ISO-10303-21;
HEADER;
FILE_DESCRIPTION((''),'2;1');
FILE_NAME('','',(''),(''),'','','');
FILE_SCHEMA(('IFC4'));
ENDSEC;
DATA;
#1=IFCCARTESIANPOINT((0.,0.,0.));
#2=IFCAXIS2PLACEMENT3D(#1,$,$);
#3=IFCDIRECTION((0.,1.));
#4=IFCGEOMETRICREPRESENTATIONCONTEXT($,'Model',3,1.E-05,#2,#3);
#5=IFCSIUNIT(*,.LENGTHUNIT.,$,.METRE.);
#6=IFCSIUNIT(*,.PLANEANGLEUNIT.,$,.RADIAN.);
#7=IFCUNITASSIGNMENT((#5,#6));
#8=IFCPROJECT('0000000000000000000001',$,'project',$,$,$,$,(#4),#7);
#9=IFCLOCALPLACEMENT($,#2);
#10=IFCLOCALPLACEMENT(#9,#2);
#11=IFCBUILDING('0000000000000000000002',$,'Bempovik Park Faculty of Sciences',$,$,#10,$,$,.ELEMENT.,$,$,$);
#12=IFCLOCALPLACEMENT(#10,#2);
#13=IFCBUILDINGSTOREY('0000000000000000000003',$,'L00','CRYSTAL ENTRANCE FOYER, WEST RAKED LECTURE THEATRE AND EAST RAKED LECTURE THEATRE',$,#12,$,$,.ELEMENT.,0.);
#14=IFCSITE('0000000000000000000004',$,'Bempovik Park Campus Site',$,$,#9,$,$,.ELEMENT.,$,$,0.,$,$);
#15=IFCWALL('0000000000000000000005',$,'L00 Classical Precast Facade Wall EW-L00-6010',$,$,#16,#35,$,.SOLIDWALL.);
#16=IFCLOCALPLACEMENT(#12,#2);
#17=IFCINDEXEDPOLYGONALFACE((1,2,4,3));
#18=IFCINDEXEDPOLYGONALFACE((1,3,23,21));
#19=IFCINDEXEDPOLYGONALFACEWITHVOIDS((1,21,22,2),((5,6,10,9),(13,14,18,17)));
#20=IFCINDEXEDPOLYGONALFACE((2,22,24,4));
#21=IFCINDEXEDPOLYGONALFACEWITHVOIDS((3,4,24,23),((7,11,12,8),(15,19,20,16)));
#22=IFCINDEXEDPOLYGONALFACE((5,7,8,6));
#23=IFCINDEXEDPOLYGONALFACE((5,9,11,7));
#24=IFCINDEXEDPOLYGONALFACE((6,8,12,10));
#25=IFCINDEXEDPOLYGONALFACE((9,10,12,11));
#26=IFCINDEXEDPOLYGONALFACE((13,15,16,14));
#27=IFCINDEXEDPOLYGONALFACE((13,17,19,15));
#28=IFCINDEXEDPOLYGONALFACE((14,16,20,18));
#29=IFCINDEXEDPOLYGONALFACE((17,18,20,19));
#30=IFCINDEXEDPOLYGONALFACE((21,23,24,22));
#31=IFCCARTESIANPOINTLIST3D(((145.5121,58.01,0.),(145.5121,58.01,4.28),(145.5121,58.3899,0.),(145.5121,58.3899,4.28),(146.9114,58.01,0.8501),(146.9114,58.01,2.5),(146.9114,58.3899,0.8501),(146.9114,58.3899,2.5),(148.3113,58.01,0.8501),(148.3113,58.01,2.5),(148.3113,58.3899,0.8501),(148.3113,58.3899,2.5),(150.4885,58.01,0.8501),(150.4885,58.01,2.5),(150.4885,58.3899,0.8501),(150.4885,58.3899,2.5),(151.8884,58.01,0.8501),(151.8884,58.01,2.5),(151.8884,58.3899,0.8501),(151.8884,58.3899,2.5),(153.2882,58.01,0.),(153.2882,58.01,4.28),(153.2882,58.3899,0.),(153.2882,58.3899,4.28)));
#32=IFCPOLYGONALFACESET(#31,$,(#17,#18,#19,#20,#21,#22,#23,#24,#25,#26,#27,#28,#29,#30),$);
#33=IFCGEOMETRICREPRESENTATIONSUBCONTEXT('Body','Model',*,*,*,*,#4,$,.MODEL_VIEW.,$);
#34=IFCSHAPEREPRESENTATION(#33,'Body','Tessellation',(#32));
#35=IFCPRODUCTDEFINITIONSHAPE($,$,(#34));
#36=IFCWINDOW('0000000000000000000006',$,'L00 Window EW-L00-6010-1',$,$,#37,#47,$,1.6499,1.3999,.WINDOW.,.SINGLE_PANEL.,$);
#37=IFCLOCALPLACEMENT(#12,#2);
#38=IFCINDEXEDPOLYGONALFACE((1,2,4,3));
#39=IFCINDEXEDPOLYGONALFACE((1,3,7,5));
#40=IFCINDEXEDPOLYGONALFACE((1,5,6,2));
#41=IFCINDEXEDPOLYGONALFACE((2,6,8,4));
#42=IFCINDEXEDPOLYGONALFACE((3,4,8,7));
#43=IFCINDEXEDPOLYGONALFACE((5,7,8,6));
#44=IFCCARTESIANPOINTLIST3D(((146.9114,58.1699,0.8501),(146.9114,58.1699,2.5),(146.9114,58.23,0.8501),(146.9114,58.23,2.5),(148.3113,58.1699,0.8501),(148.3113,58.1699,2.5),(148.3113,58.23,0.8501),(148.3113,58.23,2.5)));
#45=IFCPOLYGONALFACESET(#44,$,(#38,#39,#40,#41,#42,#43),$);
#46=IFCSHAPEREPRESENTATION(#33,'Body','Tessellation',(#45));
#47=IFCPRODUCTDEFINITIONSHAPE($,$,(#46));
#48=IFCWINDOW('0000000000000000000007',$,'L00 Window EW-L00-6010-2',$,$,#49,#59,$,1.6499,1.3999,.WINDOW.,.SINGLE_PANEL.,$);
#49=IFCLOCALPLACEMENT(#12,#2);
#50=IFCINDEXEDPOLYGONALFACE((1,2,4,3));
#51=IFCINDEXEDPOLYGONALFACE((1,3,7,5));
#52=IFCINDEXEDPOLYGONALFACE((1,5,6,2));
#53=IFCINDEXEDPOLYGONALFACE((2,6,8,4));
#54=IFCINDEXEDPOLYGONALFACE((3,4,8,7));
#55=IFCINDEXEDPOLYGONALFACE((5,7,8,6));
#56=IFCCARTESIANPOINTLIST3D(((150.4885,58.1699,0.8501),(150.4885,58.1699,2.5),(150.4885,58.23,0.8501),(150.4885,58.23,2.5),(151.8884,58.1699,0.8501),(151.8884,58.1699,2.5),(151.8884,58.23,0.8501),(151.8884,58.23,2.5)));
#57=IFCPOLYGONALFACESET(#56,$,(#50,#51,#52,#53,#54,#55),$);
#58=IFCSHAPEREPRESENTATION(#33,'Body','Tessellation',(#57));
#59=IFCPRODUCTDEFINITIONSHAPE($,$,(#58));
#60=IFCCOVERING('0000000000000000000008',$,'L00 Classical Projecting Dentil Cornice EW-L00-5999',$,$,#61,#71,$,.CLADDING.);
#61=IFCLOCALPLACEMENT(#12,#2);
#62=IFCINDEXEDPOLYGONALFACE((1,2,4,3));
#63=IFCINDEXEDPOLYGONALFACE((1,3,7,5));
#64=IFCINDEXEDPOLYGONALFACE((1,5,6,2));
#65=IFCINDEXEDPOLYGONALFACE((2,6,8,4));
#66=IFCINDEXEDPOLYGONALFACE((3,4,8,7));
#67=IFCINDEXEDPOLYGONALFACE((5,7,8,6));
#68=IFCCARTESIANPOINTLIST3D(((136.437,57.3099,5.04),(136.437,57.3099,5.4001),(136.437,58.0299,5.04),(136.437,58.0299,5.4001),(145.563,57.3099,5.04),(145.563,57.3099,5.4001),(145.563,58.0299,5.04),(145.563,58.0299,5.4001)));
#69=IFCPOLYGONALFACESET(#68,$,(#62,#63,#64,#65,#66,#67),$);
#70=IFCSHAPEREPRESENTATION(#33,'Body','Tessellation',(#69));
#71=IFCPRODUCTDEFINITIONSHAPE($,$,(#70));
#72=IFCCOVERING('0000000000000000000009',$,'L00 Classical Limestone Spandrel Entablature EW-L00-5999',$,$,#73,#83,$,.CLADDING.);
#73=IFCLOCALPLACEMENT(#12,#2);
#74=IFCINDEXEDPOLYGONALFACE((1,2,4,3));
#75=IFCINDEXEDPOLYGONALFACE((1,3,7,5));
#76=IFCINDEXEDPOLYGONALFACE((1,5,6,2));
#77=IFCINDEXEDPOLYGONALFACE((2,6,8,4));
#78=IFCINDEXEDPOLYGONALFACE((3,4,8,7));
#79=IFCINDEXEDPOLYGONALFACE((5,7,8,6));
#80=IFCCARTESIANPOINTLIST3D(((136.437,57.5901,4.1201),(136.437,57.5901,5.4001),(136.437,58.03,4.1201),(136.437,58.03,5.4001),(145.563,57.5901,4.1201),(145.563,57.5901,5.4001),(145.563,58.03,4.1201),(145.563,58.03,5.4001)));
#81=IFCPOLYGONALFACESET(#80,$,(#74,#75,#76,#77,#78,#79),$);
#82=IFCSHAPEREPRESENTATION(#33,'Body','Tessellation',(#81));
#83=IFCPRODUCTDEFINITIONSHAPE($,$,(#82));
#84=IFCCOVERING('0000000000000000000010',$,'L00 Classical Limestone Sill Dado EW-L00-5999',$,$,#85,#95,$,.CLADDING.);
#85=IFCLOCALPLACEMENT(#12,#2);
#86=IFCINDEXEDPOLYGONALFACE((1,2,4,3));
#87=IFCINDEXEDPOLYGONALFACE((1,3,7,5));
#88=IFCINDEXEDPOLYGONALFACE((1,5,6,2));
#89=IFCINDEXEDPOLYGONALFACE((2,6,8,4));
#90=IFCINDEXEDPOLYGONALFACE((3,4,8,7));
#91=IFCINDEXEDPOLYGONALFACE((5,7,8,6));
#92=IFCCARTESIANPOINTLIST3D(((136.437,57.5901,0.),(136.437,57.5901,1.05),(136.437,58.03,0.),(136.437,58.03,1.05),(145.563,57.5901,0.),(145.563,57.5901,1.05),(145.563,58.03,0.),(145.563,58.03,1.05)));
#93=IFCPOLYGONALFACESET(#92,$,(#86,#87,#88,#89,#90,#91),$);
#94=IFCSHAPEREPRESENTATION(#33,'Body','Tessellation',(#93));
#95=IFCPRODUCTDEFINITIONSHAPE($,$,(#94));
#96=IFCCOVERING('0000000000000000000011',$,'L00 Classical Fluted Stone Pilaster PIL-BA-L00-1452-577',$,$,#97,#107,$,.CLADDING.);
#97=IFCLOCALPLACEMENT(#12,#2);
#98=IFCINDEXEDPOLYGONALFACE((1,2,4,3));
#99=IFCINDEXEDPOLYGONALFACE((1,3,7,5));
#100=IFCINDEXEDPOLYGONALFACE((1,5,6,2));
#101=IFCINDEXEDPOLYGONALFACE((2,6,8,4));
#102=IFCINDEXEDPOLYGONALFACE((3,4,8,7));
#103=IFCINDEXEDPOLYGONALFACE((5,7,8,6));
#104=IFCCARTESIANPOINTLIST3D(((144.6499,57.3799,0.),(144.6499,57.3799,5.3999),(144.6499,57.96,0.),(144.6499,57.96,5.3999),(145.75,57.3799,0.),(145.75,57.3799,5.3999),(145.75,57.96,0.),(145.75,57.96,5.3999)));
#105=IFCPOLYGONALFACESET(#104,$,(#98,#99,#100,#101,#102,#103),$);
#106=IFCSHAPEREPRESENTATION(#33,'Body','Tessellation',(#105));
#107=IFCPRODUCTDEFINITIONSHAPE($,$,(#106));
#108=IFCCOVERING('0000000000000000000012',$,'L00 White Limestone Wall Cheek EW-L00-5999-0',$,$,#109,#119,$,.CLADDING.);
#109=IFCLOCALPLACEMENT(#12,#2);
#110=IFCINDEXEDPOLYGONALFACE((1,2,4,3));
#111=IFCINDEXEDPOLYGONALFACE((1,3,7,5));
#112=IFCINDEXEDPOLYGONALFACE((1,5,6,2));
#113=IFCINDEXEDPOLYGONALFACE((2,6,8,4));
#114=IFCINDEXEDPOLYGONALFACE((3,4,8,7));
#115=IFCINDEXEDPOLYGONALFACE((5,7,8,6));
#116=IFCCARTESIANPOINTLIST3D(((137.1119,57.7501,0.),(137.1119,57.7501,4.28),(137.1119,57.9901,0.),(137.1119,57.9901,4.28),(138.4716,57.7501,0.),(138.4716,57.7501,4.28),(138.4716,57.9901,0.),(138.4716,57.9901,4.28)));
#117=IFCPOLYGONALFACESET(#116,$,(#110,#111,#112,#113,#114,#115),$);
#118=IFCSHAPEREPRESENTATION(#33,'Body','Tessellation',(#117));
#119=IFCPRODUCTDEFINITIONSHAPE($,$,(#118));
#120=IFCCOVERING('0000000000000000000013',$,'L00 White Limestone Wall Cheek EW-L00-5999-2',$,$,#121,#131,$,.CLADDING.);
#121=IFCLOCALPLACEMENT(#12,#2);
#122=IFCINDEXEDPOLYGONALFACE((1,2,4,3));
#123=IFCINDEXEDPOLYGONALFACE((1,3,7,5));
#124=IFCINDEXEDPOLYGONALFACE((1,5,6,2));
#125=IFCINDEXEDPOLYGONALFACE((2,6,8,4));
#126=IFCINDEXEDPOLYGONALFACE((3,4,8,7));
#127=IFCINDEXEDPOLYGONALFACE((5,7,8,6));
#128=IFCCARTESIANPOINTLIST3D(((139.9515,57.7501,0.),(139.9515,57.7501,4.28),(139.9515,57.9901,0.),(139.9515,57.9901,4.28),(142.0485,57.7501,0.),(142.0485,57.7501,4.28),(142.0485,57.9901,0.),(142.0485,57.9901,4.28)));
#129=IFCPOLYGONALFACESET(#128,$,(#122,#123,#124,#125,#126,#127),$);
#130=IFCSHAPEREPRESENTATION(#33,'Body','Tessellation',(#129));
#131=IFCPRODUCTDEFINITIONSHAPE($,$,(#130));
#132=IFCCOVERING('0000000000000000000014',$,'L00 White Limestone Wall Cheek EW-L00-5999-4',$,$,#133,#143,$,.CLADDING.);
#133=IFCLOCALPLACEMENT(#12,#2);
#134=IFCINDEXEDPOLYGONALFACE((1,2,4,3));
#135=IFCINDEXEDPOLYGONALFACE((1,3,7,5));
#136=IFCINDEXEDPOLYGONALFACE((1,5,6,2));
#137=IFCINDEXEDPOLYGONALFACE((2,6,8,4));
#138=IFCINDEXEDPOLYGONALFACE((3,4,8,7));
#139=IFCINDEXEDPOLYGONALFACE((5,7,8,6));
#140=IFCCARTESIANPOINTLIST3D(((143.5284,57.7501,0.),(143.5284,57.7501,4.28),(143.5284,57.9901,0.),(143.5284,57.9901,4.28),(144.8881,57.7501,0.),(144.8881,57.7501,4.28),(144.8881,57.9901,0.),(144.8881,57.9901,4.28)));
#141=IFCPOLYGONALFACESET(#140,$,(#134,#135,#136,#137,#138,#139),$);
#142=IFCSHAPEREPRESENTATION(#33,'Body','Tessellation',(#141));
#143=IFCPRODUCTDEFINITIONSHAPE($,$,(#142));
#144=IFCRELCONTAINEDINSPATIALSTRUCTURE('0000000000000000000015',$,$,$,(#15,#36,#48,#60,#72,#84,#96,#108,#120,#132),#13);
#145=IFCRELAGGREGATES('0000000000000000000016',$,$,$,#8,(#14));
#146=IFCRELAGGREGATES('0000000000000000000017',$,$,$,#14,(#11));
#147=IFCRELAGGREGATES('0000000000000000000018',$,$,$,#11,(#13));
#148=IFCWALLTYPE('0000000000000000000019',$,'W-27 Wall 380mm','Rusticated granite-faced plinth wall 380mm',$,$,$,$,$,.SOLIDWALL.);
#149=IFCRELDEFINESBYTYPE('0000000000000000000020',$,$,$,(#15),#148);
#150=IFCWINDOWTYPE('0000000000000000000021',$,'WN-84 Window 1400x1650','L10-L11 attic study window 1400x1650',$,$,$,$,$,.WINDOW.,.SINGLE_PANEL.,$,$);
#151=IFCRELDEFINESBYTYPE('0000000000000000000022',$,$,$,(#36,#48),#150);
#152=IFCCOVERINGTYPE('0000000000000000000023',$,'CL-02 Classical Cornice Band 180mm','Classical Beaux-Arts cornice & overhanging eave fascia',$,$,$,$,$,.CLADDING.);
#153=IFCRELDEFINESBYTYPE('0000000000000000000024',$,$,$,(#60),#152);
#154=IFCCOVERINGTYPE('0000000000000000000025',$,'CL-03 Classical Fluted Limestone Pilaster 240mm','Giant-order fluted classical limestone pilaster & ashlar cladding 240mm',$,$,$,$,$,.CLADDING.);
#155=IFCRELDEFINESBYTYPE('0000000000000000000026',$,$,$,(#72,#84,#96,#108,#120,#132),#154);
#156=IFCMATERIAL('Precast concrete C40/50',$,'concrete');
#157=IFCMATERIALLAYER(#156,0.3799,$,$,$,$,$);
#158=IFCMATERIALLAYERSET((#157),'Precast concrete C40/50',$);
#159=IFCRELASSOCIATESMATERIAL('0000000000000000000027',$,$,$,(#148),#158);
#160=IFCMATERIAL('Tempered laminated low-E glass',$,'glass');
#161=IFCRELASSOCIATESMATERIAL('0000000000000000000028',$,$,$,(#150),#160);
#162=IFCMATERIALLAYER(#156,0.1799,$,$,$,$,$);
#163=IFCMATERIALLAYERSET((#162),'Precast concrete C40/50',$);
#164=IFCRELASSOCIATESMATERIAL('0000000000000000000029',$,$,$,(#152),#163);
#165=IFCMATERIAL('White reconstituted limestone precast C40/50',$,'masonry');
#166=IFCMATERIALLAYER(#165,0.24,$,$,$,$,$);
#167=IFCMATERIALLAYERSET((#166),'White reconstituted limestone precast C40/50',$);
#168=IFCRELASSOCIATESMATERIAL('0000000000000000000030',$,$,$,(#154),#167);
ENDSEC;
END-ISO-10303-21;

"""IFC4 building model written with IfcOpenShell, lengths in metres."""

from ifc_helpers import new_model, si_unit, direction, frame, frame_2d, origin, origin_2d, place, context, subcontext, project, spatial, rectangle, extrude, material, layer, layer_set, type_object, element, fill, save


model = new_model("IFC4")

# Units and contexts
model_context = context("Model", 3, precision=1e-05, world=origin(), true_north=direction((0.0, 1.0)))
body_context = subcontext(model_context, "Body", "Model", "MODEL_VIEW")
ifc_project = project(units=[si_unit("LENGTHUNIT", "METRE"), si_unit("PLANEANGLEUNIT", "RADIAN")], contexts=[model_context])

# Site, building, storey
site_placement = place(None, origin())
site = spatial("IfcSite", under=ifc_project, at=site_placement, Name="Bempovik Park Campus Site", CompositionType="ELEMENT", RefElevation=0.0)
building_placement = place(site_placement, origin())
building = spatial("IfcBuilding", under=site, at=building_placement, Name="Bempovik Park Faculty of Sciences", CompositionType="ELEMENT")
storey_placement = place(building_placement, origin())
storey = spatial("IfcBuildingStorey", under=building, at=storey_placement, Name="L00", Description="CRYSTAL ENTRANCE FOYER, WEST RAKED LECTURE THEATRE AND EAST RAKED LECTURE THEATRE", CompositionType="ELEMENT", Elevation=0.0)

# Wall, openings, windows
ifc_material_1 = material(Name="Precast concrete C40/50", Category="concrete")
ifc_layer_1 = layer(ifc_material_1, 0.3799)
ifc_layer_set_1 = layer_set([ifc_layer_1], Name="Precast concrete C40/50")
wall_type = type_object("IfcWallType", Name="W-27 Wall 380mm", Description="Rusticated granite-faced plinth wall 380mm", PredefinedType="SOLIDWALL", material=ifc_layer_set_1)
wall_placement = place(storey_placement, frame((145.512, 58.2, 0.0), z_axis=(0.0, 0.0, 1.0), x_axis=(1.0, 0.0, 0.0)))
wall = element("IfcWall", 1, at=wall_placement, inside=storey, type_object=wall_type, Name="L00 Classical Precast Facade Wall EW-L00-6010", PredefinedType="SOLIDWALL", context=body_context, shape_type="SweptSolid", body=[
    extrude(rectangle(XDim=7.7761, YDim=0.3799, at=frame_2d((3.8882, 0.0))), origin(), (0.0, 0.0, 1.0), 4.28),
])
opening_1_placement = place(wall_placement, frame((1.3994, 0.0, 0.8501)))
opening_1 = element("IfcOpeningElement", 2, at=opening_1_placement, cuts=wall, PredefinedType="OPENING", context=body_context, shape_type="SweptSolid", body=[
    extrude(rectangle(XDim=1.3999, YDim=1.6499, at=frame_2d((0.7, 0.825))), frame((0.0, 0.2, 0.0), z_axis=(0.0, -1.0, 0.0), x_axis=(1.0, 0.0, 0.0)), (0.0, 0.0, 1.0), 0.3999),
])
opening_2_placement = place(wall_placement, frame((4.9766, 0.0, 0.8501)))
opening_2 = element("IfcOpeningElement", 3, at=opening_2_placement, cuts=wall, PredefinedType="OPENING", context=body_context, shape_type="SweptSolid", body=[
    extrude(rectangle(XDim=1.3999, YDim=1.6499, at=frame_2d((0.7, 0.825))), frame((0.0, 0.2, 0.0), z_axis=(0.0, -1.0, 0.0), x_axis=(1.0, 0.0, 0.0)), (0.0, 0.0, 1.0), 0.3999),
])
ifc_material_2 = material(Name="Tempered laminated low-E glass", Category="glass")
window_type = type_object("IfcWindowType", Name="WN-84 Window 1400x1650", Description="L10-L11 attic study window 1400x1650", PartitioningType="SINGLE_PANEL", PredefinedType="WINDOW", material=ifc_material_2)
window_1_placement = place(opening_1_placement, origin())
window_1 = element("IfcWindow", 4, at=window_1_placement, inside=storey, type_object=window_type, Name="L00 Window EW-L00-6010-1", OverallHeight=1.6499, OverallWidth=1.3999, PartitioningType="SINGLE_PANEL", PredefinedType="WINDOW", context=body_context, shape_type="SweptSolid", body=[
    extrude(rectangle(XDim=1.3999, YDim=1.6499, at=frame_2d((0.7, 0.825))), frame((0.0, 0.03, 0.0), z_axis=(0.0, -1.0, 0.0), x_axis=(1.0, 0.0, 0.0)), (0.0, 0.0, 1.0), 0.0601),
])
fill(opening_1, window_1)
window_2_placement = place(opening_2_placement, origin())
window_2 = element("IfcWindow", 5, at=window_2_placement, inside=storey, type_object=window_type, Name="L00 Window EW-L00-6010-2", OverallHeight=1.6499, OverallWidth=1.3999, PartitioningType="SINGLE_PANEL", PredefinedType="WINDOW", context=body_context, shape_type="SweptSolid", body=[
    extrude(rectangle(XDim=1.3999, YDim=1.6499, at=frame_2d((0.7, 0.825))), frame((0.0, 0.03, 0.0), z_axis=(0.0, -1.0, 0.0), x_axis=(1.0, 0.0, 0.0)), (0.0, 0.0, 1.0), 0.0601),
])
fill(opening_2, window_2)

# Coverings
ifc_layer_2 = layer(ifc_material_1, 0.1799)
ifc_layer_set_2 = layer_set([ifc_layer_2], Name="Precast concrete C40/50")
covering_type_1 = type_object("IfcCoveringType", Name="CL-02 Classical Cornice Band 180mm", Description="Classical Beaux-Arts cornice & overhanging eave fascia", PredefinedType="CLADDING", material=ifc_layer_set_2)
covering_1_placement = place(storey_placement, frame((141.0, 57.6699, 5.04), z_axis=(0.0, 0.0, 1.0), x_axis=(1.0, 0.0, 0.0)))
element("IfcCovering", 6, at=covering_1_placement, inside=storey, type_object=covering_type_1, Name="L00 Classical Projecting Dentil Cornice EW-L00-5999", PredefinedType="CLADDING", context=body_context, shape_type="SweptSolid", body=[
    extrude(rectangle(XDim=9.126, YDim=0.72, at=origin_2d()), origin(), (0.0, 0.0, 1.0), 0.3601),
])
ifc_material_3 = material(Name="White reconstituted limestone precast C40/50", Category="masonry")
ifc_layer_3 = layer(ifc_material_3, 0.24)
ifc_layer_set_3 = layer_set([ifc_layer_3], Name="White reconstituted limestone precast C40/50")
covering_type_2 = type_object("IfcCoveringType", Name="CL-03 Classical Fluted Limestone Pilaster 240mm", Description="Giant-order fluted classical limestone pilaster & ashlar cladding 240mm", PredefinedType="CLADDING", material=ifc_layer_set_3)
covering_2_placement = place(storey_placement, frame((141.0, 57.8101, 4.1201), z_axis=(0.0, 0.0, 1.0), x_axis=(1.0, 0.0, 0.0)))
element("IfcCovering", 7, at=covering_2_placement, inside=storey, type_object=covering_type_2, Name="L00 Classical Limestone Spandrel Entablature EW-L00-5999", PredefinedType="CLADDING", context=body_context, shape_type="SweptSolid", body=[
    extrude(rectangle(XDim=9.126, YDim=0.4399, at=origin_2d()), origin(), (0.0, 0.0, 1.0), 1.28),
])
covering_3_placement = place(storey_placement, frame((141.0, 57.8101, 0.0), z_axis=(0.0, 0.0, 1.0), x_axis=(1.0, 0.0, 0.0)))
element("IfcCovering", 8, at=covering_3_placement, inside=storey, type_object=covering_type_2, Name="L00 Classical Limestone Sill Dado EW-L00-5999", PredefinedType="CLADDING", context=body_context, shape_type="SweptSolid", body=[
    extrude(rectangle(XDim=9.126, YDim=0.4399, at=origin_2d()), origin(), (0.0, 0.0, 1.0), 1.05),
])
covering_4_placement = place(storey_placement, frame((145.2, 57.6699, 0.0), z_axis=(0.0, 0.0, 1.0), x_axis=(1.0, 0.0, 0.0)))
element("IfcCovering", 9, at=covering_4_placement, inside=storey, type_object=covering_type_2, Name="L00 Classical Fluted Stone Pilaster PIL-BA-L00-1452-577", PredefinedType="CLADDING", context=body_context, shape_type="SweptSolid", body=[
    extrude(rectangle(XDim=1.1001, YDim=0.5801, at=origin_2d()), origin(), (0.0, 0.0, 1.0), 5.3999),
])
covering_5_placement = place(storey_placement, frame((137.7917, 57.8701, 0.0), z_axis=(0.0, 0.0, 1.0), x_axis=(1.0, 0.0, 0.0)))
element("IfcCovering", 10, at=covering_5_placement, inside=storey, type_object=covering_type_2, Name="L00 White Limestone Wall Cheek EW-L00-5999-0", PredefinedType="CLADDING", context=body_context, shape_type="SweptSolid", body=[
    extrude(rectangle(XDim=1.3596, YDim=0.24, at=origin_2d()), origin(), (0.0, 0.0, 1.0), 4.28),
])
covering_6_placement = place(storey_placement, frame((141.0, 57.8701, 0.0), z_axis=(0.0, 0.0, 1.0), x_axis=(1.0, 0.0, 0.0)))
element("IfcCovering", 11, at=covering_6_placement, inside=storey, type_object=covering_type_2, Name="L00 White Limestone Wall Cheek EW-L00-5999-2", PredefinedType="CLADDING", context=body_context, shape_type="SweptSolid", body=[
    extrude(rectangle(XDim=2.0969, YDim=0.24, at=origin_2d()), origin(), (0.0, 0.0, 1.0), 4.28),
])
covering_7_placement = place(storey_placement, frame((144.2083, 57.8701, 0.0), z_axis=(0.0, 0.0, 1.0), x_axis=(1.0, 0.0, 0.0)))
element("IfcCovering", 12, at=covering_7_placement, inside=storey, type_object=covering_type_2, Name="L00 White Limestone Wall Cheek EW-L00-5999-4", PredefinedType="CLADDING", context=body_context, shape_type="SweptSolid", body=[
    extrude(rectangle(XDim=1.3596, YDim=0.24, at=origin_2d()), origin(), (0.0, 0.0, 1.0), 4.28),
])

save(model, "model.ifc")
